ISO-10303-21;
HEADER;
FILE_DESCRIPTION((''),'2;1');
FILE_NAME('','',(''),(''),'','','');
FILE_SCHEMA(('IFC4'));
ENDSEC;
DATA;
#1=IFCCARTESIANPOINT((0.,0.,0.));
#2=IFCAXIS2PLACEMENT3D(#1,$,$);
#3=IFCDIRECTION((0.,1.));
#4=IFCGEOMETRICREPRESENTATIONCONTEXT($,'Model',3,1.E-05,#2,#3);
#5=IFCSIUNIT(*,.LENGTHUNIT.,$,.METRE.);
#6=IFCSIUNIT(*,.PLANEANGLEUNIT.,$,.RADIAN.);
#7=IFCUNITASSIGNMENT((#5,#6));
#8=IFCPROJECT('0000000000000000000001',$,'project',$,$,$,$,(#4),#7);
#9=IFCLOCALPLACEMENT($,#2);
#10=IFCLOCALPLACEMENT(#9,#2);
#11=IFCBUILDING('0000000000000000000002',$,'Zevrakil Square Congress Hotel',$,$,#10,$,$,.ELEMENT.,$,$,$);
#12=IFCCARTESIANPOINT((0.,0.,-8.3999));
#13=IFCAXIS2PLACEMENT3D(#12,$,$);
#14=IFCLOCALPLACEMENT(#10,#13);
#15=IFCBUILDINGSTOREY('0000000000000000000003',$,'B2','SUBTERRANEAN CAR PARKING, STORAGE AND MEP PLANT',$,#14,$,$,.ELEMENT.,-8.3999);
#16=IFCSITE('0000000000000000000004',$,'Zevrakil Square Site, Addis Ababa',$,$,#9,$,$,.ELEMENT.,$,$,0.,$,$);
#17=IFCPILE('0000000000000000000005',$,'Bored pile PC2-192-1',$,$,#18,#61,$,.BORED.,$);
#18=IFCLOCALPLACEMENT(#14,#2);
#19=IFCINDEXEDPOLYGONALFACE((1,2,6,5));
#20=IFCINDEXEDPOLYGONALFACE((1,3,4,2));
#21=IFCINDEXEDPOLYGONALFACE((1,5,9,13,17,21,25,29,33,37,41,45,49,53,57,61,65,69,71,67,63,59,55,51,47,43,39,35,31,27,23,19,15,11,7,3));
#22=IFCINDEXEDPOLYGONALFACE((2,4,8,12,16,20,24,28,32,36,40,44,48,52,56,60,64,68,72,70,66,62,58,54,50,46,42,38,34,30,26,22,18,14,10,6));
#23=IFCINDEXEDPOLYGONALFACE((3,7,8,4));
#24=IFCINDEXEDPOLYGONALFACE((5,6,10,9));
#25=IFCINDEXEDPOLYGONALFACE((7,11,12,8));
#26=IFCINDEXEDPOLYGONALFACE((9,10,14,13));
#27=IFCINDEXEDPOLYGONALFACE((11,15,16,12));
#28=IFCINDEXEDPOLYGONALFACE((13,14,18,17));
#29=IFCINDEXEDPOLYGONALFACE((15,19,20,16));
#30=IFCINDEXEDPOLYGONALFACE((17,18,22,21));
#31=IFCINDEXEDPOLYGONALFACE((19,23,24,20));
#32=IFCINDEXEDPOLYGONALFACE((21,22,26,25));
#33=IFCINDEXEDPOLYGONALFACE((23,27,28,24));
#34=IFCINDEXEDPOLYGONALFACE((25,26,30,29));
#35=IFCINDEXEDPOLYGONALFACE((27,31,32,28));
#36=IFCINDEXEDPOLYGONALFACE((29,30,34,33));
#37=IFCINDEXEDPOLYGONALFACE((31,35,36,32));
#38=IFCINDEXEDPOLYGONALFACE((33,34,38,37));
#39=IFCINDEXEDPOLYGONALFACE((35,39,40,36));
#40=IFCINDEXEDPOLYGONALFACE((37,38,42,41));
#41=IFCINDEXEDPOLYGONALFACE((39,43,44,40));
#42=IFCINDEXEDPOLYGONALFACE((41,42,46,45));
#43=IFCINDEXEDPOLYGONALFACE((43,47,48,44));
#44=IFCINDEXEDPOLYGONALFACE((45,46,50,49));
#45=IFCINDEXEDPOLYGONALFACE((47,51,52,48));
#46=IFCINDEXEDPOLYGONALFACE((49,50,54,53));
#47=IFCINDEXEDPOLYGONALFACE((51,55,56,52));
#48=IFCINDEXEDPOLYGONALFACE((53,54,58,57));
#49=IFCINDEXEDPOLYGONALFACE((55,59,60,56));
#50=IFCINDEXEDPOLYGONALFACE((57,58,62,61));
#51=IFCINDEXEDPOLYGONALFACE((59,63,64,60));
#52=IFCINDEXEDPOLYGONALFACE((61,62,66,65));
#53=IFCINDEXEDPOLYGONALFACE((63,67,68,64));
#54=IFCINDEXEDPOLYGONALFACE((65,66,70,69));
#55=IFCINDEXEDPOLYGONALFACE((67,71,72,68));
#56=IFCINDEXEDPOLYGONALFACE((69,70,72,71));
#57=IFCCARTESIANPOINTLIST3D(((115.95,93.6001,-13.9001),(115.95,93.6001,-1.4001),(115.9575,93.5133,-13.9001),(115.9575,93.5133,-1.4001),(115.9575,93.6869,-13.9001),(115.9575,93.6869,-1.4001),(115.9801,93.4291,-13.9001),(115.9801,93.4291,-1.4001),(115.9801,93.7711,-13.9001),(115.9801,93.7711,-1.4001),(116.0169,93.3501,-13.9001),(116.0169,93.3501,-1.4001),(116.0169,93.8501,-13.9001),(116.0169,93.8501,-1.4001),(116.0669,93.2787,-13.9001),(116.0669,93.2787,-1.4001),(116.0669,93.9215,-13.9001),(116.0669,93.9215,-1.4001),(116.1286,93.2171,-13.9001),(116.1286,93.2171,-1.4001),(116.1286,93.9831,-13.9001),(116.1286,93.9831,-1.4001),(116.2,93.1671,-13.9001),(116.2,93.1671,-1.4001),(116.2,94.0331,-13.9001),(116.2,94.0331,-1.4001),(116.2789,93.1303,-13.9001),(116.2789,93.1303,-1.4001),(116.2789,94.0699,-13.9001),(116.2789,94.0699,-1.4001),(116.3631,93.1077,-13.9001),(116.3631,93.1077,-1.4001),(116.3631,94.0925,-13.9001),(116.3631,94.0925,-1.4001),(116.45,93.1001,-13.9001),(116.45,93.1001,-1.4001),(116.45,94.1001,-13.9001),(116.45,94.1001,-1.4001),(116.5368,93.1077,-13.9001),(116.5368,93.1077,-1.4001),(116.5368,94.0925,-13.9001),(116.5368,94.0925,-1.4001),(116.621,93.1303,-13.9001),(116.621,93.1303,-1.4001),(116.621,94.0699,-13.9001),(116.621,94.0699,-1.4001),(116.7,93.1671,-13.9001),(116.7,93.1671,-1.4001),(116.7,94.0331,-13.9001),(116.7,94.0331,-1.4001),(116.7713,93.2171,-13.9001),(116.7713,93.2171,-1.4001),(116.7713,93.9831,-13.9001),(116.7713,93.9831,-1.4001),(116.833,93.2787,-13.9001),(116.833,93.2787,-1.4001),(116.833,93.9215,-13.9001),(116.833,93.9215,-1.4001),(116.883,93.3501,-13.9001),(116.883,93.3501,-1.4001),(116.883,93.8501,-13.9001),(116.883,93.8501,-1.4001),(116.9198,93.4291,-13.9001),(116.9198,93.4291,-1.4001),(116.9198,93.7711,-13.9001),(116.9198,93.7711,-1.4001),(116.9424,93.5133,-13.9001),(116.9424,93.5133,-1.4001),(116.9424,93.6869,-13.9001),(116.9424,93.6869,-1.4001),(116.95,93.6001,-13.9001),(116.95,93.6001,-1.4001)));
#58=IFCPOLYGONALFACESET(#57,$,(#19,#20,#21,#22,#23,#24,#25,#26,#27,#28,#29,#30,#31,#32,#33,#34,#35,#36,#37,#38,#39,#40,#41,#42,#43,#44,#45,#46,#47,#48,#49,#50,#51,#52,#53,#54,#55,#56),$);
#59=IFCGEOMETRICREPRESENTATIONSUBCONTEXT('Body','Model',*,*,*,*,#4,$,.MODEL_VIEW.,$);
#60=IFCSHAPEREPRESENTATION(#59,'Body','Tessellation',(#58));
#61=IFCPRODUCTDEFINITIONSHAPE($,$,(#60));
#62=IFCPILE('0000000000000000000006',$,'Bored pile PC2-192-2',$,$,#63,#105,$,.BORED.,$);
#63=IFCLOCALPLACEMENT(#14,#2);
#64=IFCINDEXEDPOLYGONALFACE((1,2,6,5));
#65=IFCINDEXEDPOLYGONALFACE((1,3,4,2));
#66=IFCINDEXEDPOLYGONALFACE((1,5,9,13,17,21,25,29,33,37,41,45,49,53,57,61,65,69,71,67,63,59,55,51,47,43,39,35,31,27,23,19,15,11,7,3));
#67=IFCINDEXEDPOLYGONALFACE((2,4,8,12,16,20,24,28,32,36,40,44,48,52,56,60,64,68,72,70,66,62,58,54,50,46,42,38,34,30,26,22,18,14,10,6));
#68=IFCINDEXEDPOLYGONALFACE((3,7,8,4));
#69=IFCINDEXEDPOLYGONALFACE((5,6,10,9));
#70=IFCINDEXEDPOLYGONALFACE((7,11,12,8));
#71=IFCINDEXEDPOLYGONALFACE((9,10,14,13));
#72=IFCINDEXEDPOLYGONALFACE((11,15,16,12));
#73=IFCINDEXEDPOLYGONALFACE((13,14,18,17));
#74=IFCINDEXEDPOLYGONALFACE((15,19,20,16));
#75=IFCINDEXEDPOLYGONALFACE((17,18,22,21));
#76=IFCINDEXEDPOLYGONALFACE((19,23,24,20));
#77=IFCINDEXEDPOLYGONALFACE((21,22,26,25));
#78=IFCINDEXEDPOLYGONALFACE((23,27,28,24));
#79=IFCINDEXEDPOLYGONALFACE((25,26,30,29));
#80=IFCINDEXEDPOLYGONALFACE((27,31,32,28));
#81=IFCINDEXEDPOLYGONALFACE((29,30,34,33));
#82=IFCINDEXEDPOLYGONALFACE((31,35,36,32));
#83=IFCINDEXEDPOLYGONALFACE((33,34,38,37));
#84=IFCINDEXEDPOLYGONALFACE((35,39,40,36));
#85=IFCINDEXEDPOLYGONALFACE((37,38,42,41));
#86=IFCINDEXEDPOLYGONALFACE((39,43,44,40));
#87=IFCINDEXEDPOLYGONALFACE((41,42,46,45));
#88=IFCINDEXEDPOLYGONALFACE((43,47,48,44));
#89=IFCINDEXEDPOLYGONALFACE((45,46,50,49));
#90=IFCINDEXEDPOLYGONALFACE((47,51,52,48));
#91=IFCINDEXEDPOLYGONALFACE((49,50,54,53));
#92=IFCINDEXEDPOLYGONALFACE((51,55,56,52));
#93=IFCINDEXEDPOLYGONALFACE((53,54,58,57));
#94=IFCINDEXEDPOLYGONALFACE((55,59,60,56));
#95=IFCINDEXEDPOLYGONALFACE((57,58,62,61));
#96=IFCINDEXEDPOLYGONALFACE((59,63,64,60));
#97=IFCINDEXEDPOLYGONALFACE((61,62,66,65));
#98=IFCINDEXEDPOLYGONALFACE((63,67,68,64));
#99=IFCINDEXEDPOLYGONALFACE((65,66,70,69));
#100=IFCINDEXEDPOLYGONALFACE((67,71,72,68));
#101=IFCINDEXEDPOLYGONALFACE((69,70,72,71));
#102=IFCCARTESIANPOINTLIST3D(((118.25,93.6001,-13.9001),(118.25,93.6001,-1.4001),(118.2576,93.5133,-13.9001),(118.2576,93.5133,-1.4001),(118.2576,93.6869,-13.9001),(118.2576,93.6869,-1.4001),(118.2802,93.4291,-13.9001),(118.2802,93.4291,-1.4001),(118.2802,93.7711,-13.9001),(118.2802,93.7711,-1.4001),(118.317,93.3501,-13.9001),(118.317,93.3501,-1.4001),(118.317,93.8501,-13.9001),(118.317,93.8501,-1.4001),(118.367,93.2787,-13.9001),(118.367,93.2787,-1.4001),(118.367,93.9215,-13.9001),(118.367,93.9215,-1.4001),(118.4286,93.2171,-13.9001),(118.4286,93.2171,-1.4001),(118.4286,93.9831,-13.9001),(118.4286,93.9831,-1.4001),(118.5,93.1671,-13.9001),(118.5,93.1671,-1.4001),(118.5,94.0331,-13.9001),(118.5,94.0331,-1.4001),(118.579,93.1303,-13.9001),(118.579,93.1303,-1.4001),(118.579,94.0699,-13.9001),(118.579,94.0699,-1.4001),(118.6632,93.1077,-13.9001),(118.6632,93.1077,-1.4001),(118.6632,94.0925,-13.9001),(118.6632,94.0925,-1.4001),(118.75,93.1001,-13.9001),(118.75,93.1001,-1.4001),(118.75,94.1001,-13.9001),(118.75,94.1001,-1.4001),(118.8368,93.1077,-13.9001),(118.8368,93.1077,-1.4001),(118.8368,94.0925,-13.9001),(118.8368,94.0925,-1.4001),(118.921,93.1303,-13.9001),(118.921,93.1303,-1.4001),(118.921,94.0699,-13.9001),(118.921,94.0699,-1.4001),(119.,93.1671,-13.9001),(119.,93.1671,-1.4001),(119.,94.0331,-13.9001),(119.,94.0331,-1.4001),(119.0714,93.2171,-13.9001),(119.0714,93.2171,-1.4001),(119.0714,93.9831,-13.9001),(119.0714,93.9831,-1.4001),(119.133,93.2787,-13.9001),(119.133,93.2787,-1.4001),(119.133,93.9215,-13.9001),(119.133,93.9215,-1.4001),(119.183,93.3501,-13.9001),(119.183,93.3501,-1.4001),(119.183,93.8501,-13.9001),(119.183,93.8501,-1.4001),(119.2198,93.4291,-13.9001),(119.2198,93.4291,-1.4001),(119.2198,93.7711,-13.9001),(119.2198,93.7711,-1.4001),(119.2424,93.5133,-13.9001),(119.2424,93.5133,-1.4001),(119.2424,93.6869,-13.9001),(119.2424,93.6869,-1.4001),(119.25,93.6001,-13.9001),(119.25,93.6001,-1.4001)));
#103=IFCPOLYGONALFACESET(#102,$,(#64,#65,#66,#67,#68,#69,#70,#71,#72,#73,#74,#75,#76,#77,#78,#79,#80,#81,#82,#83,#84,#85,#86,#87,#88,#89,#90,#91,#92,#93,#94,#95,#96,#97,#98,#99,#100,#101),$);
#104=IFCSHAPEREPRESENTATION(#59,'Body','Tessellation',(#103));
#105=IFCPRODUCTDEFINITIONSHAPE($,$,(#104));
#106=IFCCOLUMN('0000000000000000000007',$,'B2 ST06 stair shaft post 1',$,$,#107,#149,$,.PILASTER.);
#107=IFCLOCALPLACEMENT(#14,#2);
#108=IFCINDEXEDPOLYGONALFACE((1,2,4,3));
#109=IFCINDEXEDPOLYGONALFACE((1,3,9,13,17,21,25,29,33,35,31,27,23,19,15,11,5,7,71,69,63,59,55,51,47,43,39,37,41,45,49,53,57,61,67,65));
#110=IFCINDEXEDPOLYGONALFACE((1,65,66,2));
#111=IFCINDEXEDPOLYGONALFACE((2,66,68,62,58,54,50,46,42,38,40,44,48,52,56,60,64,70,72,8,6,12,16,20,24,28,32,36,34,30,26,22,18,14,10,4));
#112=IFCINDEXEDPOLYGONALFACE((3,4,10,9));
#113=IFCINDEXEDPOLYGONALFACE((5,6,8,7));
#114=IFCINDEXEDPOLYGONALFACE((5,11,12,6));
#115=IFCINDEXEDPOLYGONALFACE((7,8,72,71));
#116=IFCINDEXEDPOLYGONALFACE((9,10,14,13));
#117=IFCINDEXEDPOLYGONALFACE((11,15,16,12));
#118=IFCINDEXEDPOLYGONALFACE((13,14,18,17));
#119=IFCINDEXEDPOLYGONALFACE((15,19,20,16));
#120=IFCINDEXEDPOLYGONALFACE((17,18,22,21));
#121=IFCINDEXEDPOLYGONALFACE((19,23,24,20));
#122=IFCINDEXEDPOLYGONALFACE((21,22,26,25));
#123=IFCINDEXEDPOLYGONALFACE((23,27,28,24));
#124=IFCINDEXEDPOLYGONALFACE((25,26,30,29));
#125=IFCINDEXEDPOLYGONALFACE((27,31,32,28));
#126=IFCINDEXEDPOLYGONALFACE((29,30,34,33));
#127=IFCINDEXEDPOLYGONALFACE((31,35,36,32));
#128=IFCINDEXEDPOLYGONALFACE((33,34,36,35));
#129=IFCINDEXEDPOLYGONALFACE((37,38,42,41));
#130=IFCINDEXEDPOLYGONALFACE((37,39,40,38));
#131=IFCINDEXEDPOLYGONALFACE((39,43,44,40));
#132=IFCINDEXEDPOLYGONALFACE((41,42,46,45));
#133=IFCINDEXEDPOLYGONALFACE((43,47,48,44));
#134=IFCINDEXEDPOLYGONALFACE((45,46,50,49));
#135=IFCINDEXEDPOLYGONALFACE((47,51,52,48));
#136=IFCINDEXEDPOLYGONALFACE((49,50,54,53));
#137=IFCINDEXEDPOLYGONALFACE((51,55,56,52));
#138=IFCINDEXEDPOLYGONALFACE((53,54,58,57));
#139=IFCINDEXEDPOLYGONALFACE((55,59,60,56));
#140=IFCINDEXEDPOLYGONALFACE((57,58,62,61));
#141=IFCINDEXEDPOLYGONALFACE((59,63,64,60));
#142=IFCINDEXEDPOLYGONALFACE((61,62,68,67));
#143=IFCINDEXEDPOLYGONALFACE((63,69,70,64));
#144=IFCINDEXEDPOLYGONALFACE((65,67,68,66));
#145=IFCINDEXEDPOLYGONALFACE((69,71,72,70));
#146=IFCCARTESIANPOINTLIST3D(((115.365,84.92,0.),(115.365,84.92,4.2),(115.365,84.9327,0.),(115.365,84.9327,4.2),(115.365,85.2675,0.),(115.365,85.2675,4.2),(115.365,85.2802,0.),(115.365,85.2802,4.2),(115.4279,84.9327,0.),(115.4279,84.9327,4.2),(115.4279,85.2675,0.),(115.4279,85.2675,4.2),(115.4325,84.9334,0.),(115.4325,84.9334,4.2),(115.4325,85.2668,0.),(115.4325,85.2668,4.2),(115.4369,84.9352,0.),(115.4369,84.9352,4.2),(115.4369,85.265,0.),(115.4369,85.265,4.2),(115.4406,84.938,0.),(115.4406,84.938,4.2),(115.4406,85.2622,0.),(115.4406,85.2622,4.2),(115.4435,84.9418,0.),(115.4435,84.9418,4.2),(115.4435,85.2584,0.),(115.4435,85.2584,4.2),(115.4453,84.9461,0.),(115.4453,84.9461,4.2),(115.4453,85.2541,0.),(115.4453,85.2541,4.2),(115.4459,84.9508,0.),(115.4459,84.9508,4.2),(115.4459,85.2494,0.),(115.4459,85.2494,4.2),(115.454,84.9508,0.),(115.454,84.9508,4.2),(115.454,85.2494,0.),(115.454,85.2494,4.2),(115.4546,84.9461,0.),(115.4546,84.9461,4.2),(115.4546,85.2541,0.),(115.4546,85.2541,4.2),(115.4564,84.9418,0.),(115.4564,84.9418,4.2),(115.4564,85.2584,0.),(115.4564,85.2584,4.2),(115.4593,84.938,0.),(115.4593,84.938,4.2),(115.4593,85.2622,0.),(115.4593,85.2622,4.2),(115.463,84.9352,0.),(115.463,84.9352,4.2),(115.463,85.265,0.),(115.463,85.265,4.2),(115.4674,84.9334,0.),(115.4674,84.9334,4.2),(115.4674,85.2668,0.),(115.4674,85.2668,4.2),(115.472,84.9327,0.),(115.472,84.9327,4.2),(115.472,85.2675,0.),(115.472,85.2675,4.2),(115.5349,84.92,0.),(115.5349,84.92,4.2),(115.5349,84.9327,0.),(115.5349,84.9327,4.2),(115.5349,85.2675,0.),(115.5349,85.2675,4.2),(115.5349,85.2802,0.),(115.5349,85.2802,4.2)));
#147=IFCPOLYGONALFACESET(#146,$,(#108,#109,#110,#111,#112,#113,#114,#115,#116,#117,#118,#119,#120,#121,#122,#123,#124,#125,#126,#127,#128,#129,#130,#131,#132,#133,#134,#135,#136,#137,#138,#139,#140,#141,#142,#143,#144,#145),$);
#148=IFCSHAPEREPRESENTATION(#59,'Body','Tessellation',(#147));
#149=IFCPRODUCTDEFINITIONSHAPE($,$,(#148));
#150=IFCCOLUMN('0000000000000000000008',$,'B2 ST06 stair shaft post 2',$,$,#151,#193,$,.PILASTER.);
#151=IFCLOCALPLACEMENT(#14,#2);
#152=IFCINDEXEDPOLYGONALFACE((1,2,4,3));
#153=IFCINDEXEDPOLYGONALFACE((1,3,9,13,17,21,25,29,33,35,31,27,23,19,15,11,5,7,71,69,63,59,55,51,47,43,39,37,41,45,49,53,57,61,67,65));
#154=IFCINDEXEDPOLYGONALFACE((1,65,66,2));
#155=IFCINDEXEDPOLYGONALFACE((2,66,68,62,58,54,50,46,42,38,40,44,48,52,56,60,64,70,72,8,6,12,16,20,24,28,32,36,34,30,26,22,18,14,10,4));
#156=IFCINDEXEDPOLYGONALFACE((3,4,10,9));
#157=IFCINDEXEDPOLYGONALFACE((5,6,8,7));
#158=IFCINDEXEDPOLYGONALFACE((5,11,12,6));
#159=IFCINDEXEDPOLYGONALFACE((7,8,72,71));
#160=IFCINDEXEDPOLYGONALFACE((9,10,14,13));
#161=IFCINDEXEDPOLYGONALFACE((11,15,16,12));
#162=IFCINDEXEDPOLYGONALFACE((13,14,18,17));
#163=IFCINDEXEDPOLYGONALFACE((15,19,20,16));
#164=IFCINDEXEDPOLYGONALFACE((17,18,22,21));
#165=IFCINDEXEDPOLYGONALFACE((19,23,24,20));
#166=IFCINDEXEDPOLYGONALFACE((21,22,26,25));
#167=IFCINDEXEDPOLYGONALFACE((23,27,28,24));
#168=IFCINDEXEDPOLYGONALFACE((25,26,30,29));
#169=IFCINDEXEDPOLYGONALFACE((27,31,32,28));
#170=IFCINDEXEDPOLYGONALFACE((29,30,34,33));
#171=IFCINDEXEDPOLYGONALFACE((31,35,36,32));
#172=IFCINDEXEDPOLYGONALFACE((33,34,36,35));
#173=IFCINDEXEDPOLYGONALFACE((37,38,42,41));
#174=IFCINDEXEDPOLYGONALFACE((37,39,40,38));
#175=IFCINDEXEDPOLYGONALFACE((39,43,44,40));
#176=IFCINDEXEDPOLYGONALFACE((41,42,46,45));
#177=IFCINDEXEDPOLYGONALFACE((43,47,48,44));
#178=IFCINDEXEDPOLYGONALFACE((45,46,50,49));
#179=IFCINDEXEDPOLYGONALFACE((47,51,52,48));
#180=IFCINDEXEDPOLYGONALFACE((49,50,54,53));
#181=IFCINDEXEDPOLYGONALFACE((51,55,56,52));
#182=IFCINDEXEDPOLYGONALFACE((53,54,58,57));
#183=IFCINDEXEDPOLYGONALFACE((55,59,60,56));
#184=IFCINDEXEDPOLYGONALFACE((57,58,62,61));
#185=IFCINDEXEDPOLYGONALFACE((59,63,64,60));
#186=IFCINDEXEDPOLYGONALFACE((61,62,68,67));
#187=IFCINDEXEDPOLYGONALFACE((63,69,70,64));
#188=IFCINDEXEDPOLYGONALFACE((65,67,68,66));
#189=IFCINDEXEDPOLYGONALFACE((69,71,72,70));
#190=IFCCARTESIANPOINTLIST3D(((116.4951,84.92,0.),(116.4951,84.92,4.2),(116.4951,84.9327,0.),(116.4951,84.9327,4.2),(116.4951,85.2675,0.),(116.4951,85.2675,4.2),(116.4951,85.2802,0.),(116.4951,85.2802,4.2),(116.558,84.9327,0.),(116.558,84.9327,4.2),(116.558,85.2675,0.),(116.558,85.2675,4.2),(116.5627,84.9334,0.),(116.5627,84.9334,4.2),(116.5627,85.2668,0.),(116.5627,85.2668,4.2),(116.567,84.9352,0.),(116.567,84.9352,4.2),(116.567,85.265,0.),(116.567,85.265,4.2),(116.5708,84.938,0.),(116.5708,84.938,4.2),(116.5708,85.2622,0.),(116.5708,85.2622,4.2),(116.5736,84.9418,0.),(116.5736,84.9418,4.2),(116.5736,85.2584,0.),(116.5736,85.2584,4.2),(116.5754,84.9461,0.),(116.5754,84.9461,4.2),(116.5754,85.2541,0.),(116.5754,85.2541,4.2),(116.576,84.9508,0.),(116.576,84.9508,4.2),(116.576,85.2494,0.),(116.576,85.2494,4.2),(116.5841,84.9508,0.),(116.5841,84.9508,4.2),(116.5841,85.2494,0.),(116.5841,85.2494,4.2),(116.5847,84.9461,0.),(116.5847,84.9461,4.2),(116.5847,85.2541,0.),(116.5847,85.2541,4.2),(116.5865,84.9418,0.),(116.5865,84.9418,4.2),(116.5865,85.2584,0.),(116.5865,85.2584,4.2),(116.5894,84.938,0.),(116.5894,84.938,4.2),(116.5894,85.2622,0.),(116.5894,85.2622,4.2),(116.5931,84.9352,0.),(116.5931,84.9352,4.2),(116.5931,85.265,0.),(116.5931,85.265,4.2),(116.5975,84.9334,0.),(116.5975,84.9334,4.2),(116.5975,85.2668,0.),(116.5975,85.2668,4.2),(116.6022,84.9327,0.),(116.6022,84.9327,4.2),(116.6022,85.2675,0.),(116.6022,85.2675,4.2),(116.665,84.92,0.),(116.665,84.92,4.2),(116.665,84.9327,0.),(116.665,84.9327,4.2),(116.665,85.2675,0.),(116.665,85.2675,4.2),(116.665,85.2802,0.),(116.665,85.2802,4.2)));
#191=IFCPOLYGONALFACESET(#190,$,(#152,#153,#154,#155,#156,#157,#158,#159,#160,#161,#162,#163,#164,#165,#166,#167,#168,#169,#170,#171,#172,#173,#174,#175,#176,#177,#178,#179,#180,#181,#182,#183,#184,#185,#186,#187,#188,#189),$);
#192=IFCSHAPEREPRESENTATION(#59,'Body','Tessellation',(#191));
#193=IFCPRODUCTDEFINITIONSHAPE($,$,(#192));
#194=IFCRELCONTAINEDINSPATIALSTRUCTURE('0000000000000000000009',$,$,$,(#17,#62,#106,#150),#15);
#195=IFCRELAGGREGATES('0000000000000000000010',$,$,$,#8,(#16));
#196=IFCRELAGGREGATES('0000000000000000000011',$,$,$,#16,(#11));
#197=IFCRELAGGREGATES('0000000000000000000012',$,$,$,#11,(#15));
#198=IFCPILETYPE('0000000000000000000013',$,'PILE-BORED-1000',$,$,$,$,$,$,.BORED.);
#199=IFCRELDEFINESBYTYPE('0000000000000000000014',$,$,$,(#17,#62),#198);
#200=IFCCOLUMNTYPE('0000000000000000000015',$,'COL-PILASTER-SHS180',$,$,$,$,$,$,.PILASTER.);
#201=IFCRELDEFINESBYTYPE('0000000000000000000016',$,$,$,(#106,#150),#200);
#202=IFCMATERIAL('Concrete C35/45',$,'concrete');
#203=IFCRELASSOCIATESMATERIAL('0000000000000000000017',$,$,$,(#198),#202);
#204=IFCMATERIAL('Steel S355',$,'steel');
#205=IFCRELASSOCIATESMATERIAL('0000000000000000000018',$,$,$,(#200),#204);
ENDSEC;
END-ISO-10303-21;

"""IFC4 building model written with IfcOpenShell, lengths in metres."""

from ifc_helpers import new_model, si_unit, direction, frame, origin, origin_2d, place, context, subcontext, project, spatial, circle, i_section, extrude, material, material_profile, profile_set, type_object, element, save


model = new_model("IFC4")

# Units and contexts
model_context = context("Model", 3, precision=1e-05, world=origin(), true_north=direction((0.0, 1.0)))
body_context = subcontext(model_context, "Body", "Model", "MODEL_VIEW")
ifc_project = project(units=[si_unit("LENGTHUNIT", "METRE"), si_unit("PLANEANGLEUNIT", "RADIAN")], contexts=[model_context])

# Site, building, storey
site_placement = place(None, origin())
site = spatial("IfcSite", under=ifc_project, at=site_placement, Name="Zevrakil Square Site, Addis Ababa", CompositionType="ELEMENT", RefElevation=0.0)
building_placement = place(site_placement, origin())
building = spatial("IfcBuilding", under=site, at=building_placement, Name="Zevrakil Square Congress Hotel", CompositionType="ELEMENT")
storey_placement = place(building_placement, frame((0.0, 0.0, -8.3999)))
storey = spatial("IfcBuildingStorey", under=building, at=storey_placement, Name="B2", Description="SUBTERRANEAN CAR PARKING, STORAGE AND MEP PLANT", CompositionType="ELEMENT", Elevation=-8.3999)

# Piles
ifc_material_1 = material(Name="Concrete C35/45", Category="concrete")
ifc_material_profile_1 = material_profile(ifc_material_1, circle(Radius=0.5, at=origin_2d()), Name="PILE D1000")
ifc_profile_set_1 = profile_set([ifc_material_profile_1], Name="Concrete C35/45")
pile_type = type_object("IfcPileType", Name="PILE-BORED-1000", PredefinedType="BORED", material=ifc_profile_set_1)
for number, where, z_axis, x_axis, name in (
    (1, (116.45, 93.6001, -1.4001), (0.0, 0.0, -1.0), (1.0, 0.0, 0.0), "Bored pile PC2-192-1"),
    (2, (118.75, 93.6001, -1.4001), (0.0, 0.0, -1.0), (1.0, 0.0, 0.0), "Bored pile PC2-192-2"),
):
    element("IfcPile", number, at=place(storey_placement, frame(where, z_axis=z_axis, x_axis=x_axis)), inside=storey, type_object=pile_type, Name=name, PredefinedType="BORED", context=body_context, shape_type="SweptSolid", body=[
        extrude(circle(Radius=0.5, at=origin_2d()), origin(), (0.0, 0.0, 1.0), 12.5),
    ])

# Columns
ifc_material_2 = material(Name="Steel S355", Category="steel")
ifc_material_profile_2 = material_profile(ifc_material_2, i_section(OverallWidth=0.1699, OverallDepth=0.3601, WebThickness=0.0081, FlangeThickness=0.0127, FilletRadius=0.0181, at=origin_2d()), Name="IPE 360")
ifc_profile_set_2 = profile_set([ifc_material_profile_2], Name="Steel S355")
column_type_1 = type_object("IfcColumnType", Name="COL-PILASTER-SHS180", PredefinedType="PILASTER", material=ifc_profile_set_2)
for number, where, z_axis, x_axis, name in (
    (3, (115.45, 85.1001, 0.0), (0.0, 0.0, 1.0), (1.0, 0.0, 0.0), "B2 ST06 stair shaft post 1"),
    (4, (116.5801, 85.1001, 0.0), (0.0, 0.0, 1.0), (1.0, 0.0, 0.0), "B2 ST06 stair shaft post 2"),
):
    element("IfcColumn", number, at=place(storey_placement, frame(where, z_axis=z_axis, x_axis=x_axis)), inside=storey, type_object=column_type_1, Name=name, PredefinedType="PILASTER", context=body_context, shape_type="SweptSolid", body=[
        extrude(i_section(OverallWidth=0.1699, OverallDepth=0.3601, WebThickness=0.0081, FlangeThickness=0.0127, FilletRadius=0.0181, at=origin_2d()), origin(), (0.0, 0.0, 1.0), 4.2),
    ])

save(model, "model.ifc")
